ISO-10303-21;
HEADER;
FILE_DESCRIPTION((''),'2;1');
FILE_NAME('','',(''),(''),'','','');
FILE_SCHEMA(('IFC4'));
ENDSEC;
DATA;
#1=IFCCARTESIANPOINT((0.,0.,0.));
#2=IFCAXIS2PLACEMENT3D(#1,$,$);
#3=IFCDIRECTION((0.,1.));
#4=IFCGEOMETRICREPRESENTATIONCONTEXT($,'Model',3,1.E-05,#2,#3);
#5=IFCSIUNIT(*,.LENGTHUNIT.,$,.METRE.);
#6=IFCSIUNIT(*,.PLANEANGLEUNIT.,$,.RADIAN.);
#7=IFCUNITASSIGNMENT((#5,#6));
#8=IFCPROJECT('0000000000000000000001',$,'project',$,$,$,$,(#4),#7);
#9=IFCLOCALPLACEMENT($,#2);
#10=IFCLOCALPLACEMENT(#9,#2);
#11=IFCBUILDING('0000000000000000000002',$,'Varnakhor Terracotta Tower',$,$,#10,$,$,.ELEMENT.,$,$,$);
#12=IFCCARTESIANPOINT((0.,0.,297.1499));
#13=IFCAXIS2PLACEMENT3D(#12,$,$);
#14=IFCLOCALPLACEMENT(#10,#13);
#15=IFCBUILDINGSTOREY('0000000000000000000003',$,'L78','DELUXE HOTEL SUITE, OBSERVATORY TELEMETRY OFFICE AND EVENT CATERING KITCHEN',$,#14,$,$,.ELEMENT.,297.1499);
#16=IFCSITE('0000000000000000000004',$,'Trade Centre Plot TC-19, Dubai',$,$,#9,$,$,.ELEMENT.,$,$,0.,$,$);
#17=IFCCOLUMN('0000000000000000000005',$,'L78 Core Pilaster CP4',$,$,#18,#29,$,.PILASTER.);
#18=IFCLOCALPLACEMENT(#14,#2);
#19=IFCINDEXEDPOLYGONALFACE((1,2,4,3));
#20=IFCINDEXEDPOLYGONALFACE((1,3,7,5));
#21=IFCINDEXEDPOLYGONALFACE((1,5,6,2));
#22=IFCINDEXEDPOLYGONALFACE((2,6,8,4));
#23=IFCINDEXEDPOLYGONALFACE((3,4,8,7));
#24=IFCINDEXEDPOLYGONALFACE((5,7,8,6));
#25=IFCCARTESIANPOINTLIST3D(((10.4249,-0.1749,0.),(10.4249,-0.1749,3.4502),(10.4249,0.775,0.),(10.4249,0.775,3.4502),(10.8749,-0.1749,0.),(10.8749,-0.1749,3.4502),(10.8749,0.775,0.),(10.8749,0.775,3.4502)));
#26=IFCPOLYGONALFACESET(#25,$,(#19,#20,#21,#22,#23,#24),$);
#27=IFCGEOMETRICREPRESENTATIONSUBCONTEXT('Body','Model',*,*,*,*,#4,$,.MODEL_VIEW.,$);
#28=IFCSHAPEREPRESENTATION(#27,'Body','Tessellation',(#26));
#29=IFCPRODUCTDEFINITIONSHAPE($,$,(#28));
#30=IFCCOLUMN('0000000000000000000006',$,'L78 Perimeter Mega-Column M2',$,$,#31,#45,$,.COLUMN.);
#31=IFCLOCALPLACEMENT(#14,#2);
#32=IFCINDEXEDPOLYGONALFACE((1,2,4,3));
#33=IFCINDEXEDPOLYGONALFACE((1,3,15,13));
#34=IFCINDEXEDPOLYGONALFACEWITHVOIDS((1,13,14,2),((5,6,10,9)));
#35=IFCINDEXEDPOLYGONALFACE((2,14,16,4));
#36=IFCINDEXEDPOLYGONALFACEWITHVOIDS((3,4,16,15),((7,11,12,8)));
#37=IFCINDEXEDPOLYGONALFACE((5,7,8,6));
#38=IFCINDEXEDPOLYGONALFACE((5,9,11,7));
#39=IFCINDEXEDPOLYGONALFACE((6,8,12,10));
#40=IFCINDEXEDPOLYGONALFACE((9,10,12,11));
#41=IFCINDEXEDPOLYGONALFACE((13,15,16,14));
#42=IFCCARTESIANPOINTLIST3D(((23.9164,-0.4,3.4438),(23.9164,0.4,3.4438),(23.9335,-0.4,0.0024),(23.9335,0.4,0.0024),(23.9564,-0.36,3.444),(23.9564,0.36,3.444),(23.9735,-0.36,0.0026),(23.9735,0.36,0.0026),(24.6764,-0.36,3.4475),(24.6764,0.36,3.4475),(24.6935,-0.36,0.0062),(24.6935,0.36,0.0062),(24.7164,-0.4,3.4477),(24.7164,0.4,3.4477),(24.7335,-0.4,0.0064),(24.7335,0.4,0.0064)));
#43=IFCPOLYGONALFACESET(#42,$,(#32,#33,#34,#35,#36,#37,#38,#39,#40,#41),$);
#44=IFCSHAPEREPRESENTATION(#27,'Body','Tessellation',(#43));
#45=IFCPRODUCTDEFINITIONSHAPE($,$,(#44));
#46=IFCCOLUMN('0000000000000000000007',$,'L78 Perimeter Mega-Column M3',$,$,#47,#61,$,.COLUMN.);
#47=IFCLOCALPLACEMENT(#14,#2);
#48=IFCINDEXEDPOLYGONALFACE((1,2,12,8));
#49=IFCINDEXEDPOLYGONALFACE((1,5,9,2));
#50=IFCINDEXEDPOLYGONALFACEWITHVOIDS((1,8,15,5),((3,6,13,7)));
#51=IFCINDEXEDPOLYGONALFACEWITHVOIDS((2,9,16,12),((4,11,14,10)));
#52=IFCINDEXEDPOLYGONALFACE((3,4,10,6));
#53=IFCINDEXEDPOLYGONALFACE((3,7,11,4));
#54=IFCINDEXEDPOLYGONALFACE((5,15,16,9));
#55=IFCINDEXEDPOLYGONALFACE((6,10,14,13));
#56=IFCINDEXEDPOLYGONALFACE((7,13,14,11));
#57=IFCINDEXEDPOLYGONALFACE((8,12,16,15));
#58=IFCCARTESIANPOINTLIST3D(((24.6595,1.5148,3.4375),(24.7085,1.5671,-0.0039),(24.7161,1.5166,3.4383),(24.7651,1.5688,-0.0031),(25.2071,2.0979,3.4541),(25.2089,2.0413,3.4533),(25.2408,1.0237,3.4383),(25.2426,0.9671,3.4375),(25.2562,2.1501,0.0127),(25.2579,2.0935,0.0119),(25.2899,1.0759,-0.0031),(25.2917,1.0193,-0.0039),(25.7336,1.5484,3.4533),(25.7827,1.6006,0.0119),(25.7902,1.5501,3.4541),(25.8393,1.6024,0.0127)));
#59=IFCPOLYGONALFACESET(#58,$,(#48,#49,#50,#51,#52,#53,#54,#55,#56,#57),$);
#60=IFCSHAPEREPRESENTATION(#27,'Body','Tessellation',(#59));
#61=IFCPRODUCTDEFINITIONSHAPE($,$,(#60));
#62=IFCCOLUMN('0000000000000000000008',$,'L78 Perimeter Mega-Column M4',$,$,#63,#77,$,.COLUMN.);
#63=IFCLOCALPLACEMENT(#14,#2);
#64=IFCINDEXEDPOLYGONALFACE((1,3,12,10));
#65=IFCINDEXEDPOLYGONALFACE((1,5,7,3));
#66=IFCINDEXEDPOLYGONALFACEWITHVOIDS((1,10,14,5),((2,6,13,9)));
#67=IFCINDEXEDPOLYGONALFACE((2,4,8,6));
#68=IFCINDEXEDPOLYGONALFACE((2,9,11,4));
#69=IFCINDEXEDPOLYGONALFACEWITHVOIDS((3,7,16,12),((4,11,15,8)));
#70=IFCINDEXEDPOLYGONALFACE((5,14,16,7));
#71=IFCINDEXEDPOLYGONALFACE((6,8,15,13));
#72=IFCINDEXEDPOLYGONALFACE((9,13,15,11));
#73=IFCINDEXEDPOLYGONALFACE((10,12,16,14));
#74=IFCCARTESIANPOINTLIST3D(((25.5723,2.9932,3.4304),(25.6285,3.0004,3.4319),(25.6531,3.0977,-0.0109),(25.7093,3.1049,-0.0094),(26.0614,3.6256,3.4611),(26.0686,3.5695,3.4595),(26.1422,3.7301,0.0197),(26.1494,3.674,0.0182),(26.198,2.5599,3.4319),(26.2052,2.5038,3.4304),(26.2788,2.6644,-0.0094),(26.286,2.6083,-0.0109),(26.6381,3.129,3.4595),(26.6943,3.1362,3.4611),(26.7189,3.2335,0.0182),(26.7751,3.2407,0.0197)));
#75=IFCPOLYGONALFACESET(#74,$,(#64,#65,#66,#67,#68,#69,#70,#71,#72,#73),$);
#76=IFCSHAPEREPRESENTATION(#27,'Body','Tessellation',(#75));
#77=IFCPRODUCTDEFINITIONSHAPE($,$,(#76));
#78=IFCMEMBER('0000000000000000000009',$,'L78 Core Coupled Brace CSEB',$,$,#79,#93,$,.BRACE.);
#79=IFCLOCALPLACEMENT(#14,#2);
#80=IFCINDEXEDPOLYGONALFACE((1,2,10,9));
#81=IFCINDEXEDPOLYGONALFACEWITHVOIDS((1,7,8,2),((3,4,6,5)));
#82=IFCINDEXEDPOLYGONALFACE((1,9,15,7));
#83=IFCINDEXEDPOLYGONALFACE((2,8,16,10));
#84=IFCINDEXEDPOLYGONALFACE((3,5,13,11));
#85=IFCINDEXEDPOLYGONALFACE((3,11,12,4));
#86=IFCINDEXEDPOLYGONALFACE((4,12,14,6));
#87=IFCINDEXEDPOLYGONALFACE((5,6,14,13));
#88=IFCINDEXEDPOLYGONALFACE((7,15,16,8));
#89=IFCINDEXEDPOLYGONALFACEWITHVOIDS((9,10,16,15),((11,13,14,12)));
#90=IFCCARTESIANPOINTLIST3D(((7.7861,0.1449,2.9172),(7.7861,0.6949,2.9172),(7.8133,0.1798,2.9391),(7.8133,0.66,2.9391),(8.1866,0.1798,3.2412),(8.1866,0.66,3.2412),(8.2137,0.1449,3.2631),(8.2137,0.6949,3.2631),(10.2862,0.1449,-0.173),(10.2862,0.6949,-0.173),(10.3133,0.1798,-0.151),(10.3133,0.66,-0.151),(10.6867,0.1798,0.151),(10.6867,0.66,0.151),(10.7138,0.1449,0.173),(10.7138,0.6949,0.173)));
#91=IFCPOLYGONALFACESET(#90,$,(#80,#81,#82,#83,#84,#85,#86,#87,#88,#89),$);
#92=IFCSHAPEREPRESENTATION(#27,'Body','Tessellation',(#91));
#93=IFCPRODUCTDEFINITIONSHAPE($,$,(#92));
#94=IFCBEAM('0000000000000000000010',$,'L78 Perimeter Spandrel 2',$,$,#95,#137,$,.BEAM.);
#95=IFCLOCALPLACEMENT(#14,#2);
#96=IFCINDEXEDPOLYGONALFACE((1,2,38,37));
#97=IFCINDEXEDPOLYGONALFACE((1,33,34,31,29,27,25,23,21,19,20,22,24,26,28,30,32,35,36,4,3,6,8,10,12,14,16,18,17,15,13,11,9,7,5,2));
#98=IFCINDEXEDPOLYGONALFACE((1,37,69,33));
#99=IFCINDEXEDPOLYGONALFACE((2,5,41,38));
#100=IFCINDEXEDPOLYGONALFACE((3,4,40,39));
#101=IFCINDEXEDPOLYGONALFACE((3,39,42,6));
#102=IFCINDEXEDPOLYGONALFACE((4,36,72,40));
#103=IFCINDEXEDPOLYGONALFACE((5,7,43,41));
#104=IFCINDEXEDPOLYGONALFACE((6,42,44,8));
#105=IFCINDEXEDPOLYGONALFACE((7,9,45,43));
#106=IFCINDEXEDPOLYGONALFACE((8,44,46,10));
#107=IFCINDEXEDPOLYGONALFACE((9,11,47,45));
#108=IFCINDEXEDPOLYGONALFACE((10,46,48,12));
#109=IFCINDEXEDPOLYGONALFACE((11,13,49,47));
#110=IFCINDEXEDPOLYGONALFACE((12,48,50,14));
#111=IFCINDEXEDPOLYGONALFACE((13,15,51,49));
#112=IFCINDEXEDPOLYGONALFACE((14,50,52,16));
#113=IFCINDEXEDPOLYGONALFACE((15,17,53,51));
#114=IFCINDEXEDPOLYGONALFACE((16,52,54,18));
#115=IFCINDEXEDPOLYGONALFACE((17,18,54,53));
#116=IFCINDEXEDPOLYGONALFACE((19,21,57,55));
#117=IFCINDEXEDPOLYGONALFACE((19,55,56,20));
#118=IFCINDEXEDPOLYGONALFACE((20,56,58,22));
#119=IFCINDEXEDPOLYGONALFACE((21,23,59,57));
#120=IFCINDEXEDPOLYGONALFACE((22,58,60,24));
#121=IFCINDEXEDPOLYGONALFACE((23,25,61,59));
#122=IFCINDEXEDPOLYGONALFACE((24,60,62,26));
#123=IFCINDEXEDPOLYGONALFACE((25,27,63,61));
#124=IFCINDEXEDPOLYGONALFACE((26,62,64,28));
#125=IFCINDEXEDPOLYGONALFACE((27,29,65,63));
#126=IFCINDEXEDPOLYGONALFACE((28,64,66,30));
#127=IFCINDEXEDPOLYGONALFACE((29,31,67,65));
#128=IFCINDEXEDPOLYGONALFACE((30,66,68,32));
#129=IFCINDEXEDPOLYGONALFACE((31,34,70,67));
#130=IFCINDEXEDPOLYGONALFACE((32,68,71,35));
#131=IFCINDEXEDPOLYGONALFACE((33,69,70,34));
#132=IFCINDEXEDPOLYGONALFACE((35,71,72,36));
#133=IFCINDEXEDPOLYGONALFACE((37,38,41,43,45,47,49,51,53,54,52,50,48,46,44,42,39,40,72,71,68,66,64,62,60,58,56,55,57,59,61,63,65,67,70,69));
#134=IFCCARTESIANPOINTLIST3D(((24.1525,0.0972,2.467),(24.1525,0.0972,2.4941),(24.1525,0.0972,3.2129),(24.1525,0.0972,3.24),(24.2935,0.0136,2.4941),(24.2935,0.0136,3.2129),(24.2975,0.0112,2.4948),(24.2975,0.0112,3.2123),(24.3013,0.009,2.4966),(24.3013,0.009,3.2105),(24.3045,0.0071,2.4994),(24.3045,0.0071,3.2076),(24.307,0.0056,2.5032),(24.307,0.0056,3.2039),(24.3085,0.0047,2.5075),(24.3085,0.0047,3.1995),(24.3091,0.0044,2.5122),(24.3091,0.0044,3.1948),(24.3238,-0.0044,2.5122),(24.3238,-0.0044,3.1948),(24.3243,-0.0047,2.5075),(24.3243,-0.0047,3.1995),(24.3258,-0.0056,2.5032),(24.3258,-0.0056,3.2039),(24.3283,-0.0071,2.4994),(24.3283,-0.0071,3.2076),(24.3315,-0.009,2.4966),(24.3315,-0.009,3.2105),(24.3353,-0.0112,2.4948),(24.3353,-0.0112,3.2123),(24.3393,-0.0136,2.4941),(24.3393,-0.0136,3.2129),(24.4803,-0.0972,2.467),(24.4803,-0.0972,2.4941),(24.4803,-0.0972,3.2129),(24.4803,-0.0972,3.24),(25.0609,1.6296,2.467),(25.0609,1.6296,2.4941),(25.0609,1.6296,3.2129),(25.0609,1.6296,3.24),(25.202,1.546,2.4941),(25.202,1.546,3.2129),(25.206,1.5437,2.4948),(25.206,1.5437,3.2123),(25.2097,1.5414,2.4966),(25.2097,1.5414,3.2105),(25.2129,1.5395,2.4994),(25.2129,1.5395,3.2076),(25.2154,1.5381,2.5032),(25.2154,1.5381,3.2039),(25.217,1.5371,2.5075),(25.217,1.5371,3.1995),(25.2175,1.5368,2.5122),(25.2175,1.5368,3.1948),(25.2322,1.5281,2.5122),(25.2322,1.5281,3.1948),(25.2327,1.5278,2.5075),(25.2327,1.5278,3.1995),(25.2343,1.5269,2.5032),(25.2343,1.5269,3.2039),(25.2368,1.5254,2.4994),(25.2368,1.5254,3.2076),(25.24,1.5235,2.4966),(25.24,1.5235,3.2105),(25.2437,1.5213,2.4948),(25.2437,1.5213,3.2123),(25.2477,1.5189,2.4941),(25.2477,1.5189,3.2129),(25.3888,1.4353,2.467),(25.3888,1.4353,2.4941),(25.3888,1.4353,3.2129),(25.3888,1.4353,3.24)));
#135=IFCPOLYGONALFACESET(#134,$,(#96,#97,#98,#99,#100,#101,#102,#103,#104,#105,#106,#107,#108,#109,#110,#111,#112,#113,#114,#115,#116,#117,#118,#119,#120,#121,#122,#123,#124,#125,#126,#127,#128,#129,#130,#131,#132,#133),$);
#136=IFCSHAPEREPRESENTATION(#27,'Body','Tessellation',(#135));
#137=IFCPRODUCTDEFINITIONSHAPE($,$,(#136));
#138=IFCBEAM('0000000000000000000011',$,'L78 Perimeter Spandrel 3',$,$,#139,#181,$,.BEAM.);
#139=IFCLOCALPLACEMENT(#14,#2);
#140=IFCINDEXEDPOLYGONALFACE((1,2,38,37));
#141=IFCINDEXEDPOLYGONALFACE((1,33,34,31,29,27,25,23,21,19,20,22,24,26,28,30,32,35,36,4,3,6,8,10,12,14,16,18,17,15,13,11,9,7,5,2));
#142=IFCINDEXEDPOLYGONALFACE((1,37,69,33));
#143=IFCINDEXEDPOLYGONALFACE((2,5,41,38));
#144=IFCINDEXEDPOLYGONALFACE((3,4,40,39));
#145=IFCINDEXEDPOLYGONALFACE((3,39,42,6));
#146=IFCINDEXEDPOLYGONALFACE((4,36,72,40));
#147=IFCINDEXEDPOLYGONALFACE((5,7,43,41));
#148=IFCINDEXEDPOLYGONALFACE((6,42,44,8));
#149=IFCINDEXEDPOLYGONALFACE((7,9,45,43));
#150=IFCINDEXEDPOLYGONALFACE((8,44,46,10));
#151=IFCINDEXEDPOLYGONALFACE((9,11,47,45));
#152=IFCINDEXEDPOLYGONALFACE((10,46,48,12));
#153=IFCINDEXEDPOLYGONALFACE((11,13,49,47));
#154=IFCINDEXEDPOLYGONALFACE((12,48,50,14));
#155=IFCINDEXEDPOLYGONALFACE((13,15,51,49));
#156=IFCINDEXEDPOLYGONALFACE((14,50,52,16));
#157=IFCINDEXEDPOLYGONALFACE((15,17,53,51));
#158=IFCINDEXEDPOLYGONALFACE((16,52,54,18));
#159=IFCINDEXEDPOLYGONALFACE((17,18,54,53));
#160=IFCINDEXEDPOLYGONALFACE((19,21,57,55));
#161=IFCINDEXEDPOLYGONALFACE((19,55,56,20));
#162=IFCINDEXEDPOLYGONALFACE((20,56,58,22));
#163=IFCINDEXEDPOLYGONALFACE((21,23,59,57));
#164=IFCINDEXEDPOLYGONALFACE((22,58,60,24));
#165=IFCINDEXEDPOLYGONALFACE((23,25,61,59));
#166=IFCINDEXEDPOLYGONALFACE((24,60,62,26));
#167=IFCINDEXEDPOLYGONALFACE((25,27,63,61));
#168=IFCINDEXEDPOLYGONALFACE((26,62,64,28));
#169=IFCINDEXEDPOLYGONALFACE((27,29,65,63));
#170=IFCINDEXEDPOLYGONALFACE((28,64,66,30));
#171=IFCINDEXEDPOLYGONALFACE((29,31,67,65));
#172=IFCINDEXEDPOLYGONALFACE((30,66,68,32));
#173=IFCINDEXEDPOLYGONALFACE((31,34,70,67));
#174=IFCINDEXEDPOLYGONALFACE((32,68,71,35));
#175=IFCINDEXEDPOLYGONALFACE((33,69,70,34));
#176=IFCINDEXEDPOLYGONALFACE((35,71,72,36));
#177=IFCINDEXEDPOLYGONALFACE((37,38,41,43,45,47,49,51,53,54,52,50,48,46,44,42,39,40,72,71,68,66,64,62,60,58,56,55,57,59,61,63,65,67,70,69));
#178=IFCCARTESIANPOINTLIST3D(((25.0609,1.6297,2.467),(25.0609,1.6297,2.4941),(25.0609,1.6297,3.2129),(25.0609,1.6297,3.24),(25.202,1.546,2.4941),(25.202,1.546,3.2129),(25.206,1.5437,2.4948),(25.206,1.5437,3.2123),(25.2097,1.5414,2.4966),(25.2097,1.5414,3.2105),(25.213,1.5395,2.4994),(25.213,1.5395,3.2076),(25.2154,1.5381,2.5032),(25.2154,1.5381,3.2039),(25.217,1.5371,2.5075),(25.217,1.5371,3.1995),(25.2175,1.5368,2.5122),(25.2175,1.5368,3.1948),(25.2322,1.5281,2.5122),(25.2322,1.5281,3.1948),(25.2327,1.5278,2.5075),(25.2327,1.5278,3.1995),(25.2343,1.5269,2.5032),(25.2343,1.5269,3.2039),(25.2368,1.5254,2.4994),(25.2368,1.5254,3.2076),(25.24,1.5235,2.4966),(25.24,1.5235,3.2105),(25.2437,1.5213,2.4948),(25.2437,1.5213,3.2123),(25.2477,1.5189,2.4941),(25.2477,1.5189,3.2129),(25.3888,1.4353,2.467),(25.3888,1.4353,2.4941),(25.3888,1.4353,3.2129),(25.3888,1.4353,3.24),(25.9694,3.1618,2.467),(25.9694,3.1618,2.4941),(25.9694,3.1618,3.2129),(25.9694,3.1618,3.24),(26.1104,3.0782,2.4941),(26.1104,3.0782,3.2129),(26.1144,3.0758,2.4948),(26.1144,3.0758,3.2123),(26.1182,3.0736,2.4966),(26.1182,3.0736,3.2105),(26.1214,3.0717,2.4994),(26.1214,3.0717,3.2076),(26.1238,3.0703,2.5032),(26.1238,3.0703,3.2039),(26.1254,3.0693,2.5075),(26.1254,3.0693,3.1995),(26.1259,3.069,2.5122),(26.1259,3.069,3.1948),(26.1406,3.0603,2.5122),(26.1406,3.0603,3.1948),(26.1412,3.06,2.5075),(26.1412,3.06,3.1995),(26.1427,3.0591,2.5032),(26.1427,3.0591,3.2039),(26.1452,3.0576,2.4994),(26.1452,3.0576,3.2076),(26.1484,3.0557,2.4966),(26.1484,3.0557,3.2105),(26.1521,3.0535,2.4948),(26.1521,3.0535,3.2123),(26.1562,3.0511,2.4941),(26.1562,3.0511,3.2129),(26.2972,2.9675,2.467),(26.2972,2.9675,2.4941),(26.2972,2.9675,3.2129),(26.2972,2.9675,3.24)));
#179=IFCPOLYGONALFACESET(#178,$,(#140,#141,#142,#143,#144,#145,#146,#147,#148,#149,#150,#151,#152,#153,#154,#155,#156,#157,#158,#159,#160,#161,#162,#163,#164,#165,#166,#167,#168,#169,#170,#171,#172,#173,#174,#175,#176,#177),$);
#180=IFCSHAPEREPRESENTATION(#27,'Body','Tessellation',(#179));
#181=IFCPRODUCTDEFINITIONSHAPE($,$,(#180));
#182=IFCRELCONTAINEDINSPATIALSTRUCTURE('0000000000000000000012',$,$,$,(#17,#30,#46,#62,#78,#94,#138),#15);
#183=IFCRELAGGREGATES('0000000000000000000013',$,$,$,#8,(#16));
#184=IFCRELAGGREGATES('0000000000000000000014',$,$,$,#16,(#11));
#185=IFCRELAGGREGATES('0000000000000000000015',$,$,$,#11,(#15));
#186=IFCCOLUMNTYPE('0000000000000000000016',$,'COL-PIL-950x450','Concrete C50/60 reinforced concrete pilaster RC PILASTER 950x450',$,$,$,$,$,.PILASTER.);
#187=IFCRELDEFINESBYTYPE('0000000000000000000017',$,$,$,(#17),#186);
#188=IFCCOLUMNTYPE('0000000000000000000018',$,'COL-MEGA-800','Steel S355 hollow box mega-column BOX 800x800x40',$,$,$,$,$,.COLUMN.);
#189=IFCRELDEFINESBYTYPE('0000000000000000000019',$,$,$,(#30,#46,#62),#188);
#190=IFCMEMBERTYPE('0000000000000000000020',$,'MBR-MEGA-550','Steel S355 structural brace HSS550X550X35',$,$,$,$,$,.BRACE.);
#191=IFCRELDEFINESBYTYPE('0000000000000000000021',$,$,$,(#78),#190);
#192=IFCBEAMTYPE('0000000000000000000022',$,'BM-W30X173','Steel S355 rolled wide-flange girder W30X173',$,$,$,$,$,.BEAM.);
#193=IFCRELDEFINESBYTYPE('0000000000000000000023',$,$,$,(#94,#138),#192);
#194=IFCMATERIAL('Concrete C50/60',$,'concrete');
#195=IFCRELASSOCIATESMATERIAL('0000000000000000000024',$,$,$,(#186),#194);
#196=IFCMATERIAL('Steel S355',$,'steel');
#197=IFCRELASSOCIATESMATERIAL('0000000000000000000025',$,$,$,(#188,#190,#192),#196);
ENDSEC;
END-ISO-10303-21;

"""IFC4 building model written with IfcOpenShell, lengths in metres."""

from ifc_helpers import new_model, si_unit, direction, frame, origin, origin_2d, place, context, subcontext, project, spatial, rectangle, hollow_rectangle, i_section, extrude, source, transform, mapped, material, material_profile, profile_set, type_object, type_shapes, element, save


model = new_model("IFC4")

# Units and contexts
model_context = context("Model", 3, precision=1e-05, world=origin(), true_north=direction((0.0, 1.0)))
body_context = subcontext(model_context, "Body", "Model", "MODEL_VIEW")
ifc_project = project(units=[si_unit("LENGTHUNIT", "METRE"), si_unit("PLANEANGLEUNIT", "RADIAN")], contexts=[model_context])

# Site, building, storey
site_placement = place(None, origin())
site = spatial("IfcSite", under=ifc_project, at=site_placement, Name="Trade Centre Plot TC-19, Dubai", CompositionType="ELEMENT", RefElevation=0.0)
building_placement = place(site_placement, origin())
building = spatial("IfcBuilding", under=site, at=building_placement, Name="Varnakhor Terracotta Tower", CompositionType="ELEMENT")
storey_placement = place(building_placement, frame((0.0, 0.0, 297.1499)))
storey = spatial("IfcBuildingStorey", under=building, at=storey_placement, Name="L78", Description="DELUXE HOTEL SUITE, OBSERVATORY TELEMETRY OFFICE AND EVENT CATERING KITCHEN", CompositionType="ELEMENT", Elevation=297.1499)

# Columns
ifc_material_1 = material(Name="Concrete C50/60", Category="concrete")
ifc_material_profile_1 = material_profile(ifc_material_1, rectangle(XDim=0.45, YDim=0.95, at=origin_2d()), Name="RC PILASTER 950x450")
ifc_profile_set_1 = profile_set([ifc_material_profile_1], Name="Concrete C50/60")
column_type_1 = type_object("IfcColumnType", Name="COL-PIL-950x450", Description="Concrete C50/60 reinforced concrete pilaster RC PILASTER 950x450", PredefinedType="PILASTER", material=ifc_profile_set_1)
shared_shape_1 = source(origin(), body_context, "Body", "SweptSolid", [
    extrude(rectangle(XDim=0.45, YDim=0.95, at=origin_2d()), origin(), (0.0, 0.0, 1.0), 3.4502),
])
column_1_placement = place(storey_placement, frame((10.6499, 0.3, 0.0), z_axis=(0.0, 0.0, 1.0), x_axis=(1.0, 0.0, 0.0)))
element("IfcColumn", 1, at=column_1_placement, inside=storey, type_object=column_type_1, Name="L78 Core Pilaster CP4", PredefinedType="PILASTER", context=body_context, shape_type="MappedRepresentation", body=[
    mapped(shared_shape_1, transform((0.0, 0.0, 0.0), scale=1.0)),
])
ifc_material_2 = material(Name="Steel S355", Category="steel")
ifc_material_profile_2 = material_profile(ifc_material_2, hollow_rectangle(XDim=0.8, YDim=0.8, WallThickness=0.04, at=origin_2d()), Name="BOX 800x800x40")
ifc_profile_set_2 = profile_set([ifc_material_profile_2], Name="Steel S355")
column_type_2 = type_object("IfcColumnType", Name="COL-MEGA-800", Description="Steel S355 hollow box mega-column BOX 800x800x40", PredefinedType="COLUMN", material=ifc_profile_set_2)
shared_shape_2 = source(origin(), body_context, "Body", "SweptSolid", [
    extrude(hollow_rectangle(XDim=0.8, YDim=0.8, WallThickness=0.04, at=origin_2d()), origin(), (0.0, 0.0, 1.0), 3.4414),
])
type_shapes(column_type_2, [shared_shape_2])
column_2_placement = place(storey_placement, frame((24.3335, 0.0, 0.0044), z_axis=(-0.004966, 0.0, 0.999988), x_axis=(0.0, -1.0, 0.0)))
element("IfcColumn", 2, at=column_2_placement, inside=storey, type_object=column_type_2, Name="L78 Perimeter Mega-Column M2", PredefinedType="COLUMN", context=body_context, shape_type="MappedRepresentation", body=[
    mapped(shared_shape_2, transform((0.0, 0.0, 0.0), scale=1.0)),
])
shared_shape_3 = source(origin(), body_context, "Body", "SweptSolid", [
    extrude(hollow_rectangle(XDim=0.8, YDim=0.8, WallThickness=0.04, at=origin_2d()), origin(), (0.0, 0.0, 1.0), 3.4421),
])
column_3_placement = place(storey_placement, frame((25.2739, 1.5847, 0.0044), z_axis=(-0.014256, -0.015178, 0.999783), x_axis=(0.7289, -0.684621, 0.0)))
element("IfcColumn", 3, at=column_3_placement, inside=storey, type_object=column_type_2, Name="L78 Perimeter Mega-Column M3", PredefinedType="COLUMN", context=body_context, shape_type="MappedRepresentation", body=[
    mapped(shared_shape_3, transform((0.0, 0.0, 0.0), scale=1.0)),
])
shared_shape_4 = source(origin(), body_context, "Body", "SweptSolid", [
    extrude(hollow_rectangle(XDim=0.8, YDim=0.8, WallThickness=0.04, at=origin_2d()), origin(), (0.0, 0.0, 1.0), 3.4438),
])
column_4_placement = place(storey_placement, frame((26.2141, 3.1692, 0.0044), z_axis=(-0.023465, -0.030341, 0.999264), x_axis=(0.791041, -0.611763, 0.0)))
element("IfcColumn", 4, at=column_4_placement, inside=storey, type_object=column_type_2, Name="L78 Perimeter Mega-Column M4", PredefinedType="COLUMN", context=body_context, shape_type="MappedRepresentation", body=[
    mapped(shared_shape_4, transform((0.0, 0.0, 0.0), scale=1.0)),
])

# Member
ifc_material_profile_3 = material_profile(ifc_material_2, hollow_rectangle(XDim=0.55, YDim=0.55, WallThickness=0.0349, at=origin_2d()), Name="HSS550X550X35")
ifc_profile_set_3 = profile_set([ifc_material_profile_3], Name="Steel S355")
member_type_1 = type_object("IfcMemberType", Name="MBR-MEGA-550", Description="Steel S355 structural brace HSS550X550X35", PredefinedType="BRACE", material=ifc_profile_set_3)
shared_shape_5 = source(origin(), body_context, "Body", "SweptSolid", [
    extrude(hollow_rectangle(XDim=0.55, YDim=0.55, WallThickness=0.0349, at=origin_2d()), origin(), (0.0, 0.0, 1.0), 3.9749),
])
member_1_placement = place(storey_placement, frame((10.5, 0.4199, 0.0), z_axis=(-0.62897, 0.0, 0.777429), x_axis=(0.0, -1.0, 0.0)))
element("IfcMember", 5, at=member_1_placement, inside=storey, type_object=member_type_1, Name="L78 Core Coupled Brace CSEB", PredefinedType="BRACE", context=body_context, shape_type="MappedRepresentation", body=[
    mapped(shared_shape_5, transform((0.0, 0.0, 0.0), scale=1.0)),
])

# Beams
ifc_material_profile_4 = material_profile(ifc_material_2, i_section(OverallWidth=0.3811, OverallDepth=0.7729, WebThickness=0.0171, FlangeThickness=0.0271, FilletRadius=0.0181, at=origin_2d()), Name="W30X173")
ifc_profile_set_4 = profile_set([ifc_material_profile_4], Name="Steel S355")
beam_type_1 = type_object("IfcBeamType", Name="BM-W30X173", Description="Steel S355 rolled wide-flange girder W30X173", PredefinedType="BEAM", material=ifc_profile_set_4)
shared_shape_6 = source(origin(), body_context, "Body", "SweptSolid", [
    extrude(i_section(OverallWidth=0.3811, OverallDepth=0.7729, WebThickness=0.0171, FlangeThickness=0.0271, FilletRadius=0.0181, at=origin_2d()), origin(), (0.0, 0.0, 1.0), 1.7815),
])
beam_1_placement = place(storey_placement, frame((24.3164, 0.0, 2.8535), z_axis=(0.509934, 0.860214, 0.0), x_axis=(-0.860214, 0.509934, 0.0)))
element("IfcBeam", 6, at=beam_1_placement, inside=storey, type_object=beam_type_1, Name="L78 Perimeter Spandrel 2", PredefinedType="BEAM", context=body_context, shape_type="MappedRepresentation", body=[
    mapped(shared_shape_6, transform((0.0, 0.0, 0.0), scale=1.0)),
])
shared_shape_7 = source(origin(), body_context, "Body", "SweptSolid", [
    extrude(i_section(OverallWidth=0.3811, OverallDepth=0.7729, WebThickness=0.0171, FlangeThickness=0.0271, FilletRadius=0.0181, at=origin_2d()), origin(), (0.0, 0.0, 1.0), 1.7812),
])
beam_2_placement = place(storey_placement, frame((25.2249, 1.5325, 2.8535), z_axis=(0.509994, 0.860178, 0.0), x_axis=(-0.860178, 0.509994, 0.0)))
element("IfcBeam", 7, at=beam_2_placement, inside=storey, type_object=beam_type_1, Name="L78 Perimeter Spandrel 3", PredefinedType="BEAM", context=body_context, shape_type="MappedRepresentation", body=[
    mapped(shared_shape_7, transform((0.0, 0.0, 0.0), scale=1.0)),
])

save(model, "model.ifc")
